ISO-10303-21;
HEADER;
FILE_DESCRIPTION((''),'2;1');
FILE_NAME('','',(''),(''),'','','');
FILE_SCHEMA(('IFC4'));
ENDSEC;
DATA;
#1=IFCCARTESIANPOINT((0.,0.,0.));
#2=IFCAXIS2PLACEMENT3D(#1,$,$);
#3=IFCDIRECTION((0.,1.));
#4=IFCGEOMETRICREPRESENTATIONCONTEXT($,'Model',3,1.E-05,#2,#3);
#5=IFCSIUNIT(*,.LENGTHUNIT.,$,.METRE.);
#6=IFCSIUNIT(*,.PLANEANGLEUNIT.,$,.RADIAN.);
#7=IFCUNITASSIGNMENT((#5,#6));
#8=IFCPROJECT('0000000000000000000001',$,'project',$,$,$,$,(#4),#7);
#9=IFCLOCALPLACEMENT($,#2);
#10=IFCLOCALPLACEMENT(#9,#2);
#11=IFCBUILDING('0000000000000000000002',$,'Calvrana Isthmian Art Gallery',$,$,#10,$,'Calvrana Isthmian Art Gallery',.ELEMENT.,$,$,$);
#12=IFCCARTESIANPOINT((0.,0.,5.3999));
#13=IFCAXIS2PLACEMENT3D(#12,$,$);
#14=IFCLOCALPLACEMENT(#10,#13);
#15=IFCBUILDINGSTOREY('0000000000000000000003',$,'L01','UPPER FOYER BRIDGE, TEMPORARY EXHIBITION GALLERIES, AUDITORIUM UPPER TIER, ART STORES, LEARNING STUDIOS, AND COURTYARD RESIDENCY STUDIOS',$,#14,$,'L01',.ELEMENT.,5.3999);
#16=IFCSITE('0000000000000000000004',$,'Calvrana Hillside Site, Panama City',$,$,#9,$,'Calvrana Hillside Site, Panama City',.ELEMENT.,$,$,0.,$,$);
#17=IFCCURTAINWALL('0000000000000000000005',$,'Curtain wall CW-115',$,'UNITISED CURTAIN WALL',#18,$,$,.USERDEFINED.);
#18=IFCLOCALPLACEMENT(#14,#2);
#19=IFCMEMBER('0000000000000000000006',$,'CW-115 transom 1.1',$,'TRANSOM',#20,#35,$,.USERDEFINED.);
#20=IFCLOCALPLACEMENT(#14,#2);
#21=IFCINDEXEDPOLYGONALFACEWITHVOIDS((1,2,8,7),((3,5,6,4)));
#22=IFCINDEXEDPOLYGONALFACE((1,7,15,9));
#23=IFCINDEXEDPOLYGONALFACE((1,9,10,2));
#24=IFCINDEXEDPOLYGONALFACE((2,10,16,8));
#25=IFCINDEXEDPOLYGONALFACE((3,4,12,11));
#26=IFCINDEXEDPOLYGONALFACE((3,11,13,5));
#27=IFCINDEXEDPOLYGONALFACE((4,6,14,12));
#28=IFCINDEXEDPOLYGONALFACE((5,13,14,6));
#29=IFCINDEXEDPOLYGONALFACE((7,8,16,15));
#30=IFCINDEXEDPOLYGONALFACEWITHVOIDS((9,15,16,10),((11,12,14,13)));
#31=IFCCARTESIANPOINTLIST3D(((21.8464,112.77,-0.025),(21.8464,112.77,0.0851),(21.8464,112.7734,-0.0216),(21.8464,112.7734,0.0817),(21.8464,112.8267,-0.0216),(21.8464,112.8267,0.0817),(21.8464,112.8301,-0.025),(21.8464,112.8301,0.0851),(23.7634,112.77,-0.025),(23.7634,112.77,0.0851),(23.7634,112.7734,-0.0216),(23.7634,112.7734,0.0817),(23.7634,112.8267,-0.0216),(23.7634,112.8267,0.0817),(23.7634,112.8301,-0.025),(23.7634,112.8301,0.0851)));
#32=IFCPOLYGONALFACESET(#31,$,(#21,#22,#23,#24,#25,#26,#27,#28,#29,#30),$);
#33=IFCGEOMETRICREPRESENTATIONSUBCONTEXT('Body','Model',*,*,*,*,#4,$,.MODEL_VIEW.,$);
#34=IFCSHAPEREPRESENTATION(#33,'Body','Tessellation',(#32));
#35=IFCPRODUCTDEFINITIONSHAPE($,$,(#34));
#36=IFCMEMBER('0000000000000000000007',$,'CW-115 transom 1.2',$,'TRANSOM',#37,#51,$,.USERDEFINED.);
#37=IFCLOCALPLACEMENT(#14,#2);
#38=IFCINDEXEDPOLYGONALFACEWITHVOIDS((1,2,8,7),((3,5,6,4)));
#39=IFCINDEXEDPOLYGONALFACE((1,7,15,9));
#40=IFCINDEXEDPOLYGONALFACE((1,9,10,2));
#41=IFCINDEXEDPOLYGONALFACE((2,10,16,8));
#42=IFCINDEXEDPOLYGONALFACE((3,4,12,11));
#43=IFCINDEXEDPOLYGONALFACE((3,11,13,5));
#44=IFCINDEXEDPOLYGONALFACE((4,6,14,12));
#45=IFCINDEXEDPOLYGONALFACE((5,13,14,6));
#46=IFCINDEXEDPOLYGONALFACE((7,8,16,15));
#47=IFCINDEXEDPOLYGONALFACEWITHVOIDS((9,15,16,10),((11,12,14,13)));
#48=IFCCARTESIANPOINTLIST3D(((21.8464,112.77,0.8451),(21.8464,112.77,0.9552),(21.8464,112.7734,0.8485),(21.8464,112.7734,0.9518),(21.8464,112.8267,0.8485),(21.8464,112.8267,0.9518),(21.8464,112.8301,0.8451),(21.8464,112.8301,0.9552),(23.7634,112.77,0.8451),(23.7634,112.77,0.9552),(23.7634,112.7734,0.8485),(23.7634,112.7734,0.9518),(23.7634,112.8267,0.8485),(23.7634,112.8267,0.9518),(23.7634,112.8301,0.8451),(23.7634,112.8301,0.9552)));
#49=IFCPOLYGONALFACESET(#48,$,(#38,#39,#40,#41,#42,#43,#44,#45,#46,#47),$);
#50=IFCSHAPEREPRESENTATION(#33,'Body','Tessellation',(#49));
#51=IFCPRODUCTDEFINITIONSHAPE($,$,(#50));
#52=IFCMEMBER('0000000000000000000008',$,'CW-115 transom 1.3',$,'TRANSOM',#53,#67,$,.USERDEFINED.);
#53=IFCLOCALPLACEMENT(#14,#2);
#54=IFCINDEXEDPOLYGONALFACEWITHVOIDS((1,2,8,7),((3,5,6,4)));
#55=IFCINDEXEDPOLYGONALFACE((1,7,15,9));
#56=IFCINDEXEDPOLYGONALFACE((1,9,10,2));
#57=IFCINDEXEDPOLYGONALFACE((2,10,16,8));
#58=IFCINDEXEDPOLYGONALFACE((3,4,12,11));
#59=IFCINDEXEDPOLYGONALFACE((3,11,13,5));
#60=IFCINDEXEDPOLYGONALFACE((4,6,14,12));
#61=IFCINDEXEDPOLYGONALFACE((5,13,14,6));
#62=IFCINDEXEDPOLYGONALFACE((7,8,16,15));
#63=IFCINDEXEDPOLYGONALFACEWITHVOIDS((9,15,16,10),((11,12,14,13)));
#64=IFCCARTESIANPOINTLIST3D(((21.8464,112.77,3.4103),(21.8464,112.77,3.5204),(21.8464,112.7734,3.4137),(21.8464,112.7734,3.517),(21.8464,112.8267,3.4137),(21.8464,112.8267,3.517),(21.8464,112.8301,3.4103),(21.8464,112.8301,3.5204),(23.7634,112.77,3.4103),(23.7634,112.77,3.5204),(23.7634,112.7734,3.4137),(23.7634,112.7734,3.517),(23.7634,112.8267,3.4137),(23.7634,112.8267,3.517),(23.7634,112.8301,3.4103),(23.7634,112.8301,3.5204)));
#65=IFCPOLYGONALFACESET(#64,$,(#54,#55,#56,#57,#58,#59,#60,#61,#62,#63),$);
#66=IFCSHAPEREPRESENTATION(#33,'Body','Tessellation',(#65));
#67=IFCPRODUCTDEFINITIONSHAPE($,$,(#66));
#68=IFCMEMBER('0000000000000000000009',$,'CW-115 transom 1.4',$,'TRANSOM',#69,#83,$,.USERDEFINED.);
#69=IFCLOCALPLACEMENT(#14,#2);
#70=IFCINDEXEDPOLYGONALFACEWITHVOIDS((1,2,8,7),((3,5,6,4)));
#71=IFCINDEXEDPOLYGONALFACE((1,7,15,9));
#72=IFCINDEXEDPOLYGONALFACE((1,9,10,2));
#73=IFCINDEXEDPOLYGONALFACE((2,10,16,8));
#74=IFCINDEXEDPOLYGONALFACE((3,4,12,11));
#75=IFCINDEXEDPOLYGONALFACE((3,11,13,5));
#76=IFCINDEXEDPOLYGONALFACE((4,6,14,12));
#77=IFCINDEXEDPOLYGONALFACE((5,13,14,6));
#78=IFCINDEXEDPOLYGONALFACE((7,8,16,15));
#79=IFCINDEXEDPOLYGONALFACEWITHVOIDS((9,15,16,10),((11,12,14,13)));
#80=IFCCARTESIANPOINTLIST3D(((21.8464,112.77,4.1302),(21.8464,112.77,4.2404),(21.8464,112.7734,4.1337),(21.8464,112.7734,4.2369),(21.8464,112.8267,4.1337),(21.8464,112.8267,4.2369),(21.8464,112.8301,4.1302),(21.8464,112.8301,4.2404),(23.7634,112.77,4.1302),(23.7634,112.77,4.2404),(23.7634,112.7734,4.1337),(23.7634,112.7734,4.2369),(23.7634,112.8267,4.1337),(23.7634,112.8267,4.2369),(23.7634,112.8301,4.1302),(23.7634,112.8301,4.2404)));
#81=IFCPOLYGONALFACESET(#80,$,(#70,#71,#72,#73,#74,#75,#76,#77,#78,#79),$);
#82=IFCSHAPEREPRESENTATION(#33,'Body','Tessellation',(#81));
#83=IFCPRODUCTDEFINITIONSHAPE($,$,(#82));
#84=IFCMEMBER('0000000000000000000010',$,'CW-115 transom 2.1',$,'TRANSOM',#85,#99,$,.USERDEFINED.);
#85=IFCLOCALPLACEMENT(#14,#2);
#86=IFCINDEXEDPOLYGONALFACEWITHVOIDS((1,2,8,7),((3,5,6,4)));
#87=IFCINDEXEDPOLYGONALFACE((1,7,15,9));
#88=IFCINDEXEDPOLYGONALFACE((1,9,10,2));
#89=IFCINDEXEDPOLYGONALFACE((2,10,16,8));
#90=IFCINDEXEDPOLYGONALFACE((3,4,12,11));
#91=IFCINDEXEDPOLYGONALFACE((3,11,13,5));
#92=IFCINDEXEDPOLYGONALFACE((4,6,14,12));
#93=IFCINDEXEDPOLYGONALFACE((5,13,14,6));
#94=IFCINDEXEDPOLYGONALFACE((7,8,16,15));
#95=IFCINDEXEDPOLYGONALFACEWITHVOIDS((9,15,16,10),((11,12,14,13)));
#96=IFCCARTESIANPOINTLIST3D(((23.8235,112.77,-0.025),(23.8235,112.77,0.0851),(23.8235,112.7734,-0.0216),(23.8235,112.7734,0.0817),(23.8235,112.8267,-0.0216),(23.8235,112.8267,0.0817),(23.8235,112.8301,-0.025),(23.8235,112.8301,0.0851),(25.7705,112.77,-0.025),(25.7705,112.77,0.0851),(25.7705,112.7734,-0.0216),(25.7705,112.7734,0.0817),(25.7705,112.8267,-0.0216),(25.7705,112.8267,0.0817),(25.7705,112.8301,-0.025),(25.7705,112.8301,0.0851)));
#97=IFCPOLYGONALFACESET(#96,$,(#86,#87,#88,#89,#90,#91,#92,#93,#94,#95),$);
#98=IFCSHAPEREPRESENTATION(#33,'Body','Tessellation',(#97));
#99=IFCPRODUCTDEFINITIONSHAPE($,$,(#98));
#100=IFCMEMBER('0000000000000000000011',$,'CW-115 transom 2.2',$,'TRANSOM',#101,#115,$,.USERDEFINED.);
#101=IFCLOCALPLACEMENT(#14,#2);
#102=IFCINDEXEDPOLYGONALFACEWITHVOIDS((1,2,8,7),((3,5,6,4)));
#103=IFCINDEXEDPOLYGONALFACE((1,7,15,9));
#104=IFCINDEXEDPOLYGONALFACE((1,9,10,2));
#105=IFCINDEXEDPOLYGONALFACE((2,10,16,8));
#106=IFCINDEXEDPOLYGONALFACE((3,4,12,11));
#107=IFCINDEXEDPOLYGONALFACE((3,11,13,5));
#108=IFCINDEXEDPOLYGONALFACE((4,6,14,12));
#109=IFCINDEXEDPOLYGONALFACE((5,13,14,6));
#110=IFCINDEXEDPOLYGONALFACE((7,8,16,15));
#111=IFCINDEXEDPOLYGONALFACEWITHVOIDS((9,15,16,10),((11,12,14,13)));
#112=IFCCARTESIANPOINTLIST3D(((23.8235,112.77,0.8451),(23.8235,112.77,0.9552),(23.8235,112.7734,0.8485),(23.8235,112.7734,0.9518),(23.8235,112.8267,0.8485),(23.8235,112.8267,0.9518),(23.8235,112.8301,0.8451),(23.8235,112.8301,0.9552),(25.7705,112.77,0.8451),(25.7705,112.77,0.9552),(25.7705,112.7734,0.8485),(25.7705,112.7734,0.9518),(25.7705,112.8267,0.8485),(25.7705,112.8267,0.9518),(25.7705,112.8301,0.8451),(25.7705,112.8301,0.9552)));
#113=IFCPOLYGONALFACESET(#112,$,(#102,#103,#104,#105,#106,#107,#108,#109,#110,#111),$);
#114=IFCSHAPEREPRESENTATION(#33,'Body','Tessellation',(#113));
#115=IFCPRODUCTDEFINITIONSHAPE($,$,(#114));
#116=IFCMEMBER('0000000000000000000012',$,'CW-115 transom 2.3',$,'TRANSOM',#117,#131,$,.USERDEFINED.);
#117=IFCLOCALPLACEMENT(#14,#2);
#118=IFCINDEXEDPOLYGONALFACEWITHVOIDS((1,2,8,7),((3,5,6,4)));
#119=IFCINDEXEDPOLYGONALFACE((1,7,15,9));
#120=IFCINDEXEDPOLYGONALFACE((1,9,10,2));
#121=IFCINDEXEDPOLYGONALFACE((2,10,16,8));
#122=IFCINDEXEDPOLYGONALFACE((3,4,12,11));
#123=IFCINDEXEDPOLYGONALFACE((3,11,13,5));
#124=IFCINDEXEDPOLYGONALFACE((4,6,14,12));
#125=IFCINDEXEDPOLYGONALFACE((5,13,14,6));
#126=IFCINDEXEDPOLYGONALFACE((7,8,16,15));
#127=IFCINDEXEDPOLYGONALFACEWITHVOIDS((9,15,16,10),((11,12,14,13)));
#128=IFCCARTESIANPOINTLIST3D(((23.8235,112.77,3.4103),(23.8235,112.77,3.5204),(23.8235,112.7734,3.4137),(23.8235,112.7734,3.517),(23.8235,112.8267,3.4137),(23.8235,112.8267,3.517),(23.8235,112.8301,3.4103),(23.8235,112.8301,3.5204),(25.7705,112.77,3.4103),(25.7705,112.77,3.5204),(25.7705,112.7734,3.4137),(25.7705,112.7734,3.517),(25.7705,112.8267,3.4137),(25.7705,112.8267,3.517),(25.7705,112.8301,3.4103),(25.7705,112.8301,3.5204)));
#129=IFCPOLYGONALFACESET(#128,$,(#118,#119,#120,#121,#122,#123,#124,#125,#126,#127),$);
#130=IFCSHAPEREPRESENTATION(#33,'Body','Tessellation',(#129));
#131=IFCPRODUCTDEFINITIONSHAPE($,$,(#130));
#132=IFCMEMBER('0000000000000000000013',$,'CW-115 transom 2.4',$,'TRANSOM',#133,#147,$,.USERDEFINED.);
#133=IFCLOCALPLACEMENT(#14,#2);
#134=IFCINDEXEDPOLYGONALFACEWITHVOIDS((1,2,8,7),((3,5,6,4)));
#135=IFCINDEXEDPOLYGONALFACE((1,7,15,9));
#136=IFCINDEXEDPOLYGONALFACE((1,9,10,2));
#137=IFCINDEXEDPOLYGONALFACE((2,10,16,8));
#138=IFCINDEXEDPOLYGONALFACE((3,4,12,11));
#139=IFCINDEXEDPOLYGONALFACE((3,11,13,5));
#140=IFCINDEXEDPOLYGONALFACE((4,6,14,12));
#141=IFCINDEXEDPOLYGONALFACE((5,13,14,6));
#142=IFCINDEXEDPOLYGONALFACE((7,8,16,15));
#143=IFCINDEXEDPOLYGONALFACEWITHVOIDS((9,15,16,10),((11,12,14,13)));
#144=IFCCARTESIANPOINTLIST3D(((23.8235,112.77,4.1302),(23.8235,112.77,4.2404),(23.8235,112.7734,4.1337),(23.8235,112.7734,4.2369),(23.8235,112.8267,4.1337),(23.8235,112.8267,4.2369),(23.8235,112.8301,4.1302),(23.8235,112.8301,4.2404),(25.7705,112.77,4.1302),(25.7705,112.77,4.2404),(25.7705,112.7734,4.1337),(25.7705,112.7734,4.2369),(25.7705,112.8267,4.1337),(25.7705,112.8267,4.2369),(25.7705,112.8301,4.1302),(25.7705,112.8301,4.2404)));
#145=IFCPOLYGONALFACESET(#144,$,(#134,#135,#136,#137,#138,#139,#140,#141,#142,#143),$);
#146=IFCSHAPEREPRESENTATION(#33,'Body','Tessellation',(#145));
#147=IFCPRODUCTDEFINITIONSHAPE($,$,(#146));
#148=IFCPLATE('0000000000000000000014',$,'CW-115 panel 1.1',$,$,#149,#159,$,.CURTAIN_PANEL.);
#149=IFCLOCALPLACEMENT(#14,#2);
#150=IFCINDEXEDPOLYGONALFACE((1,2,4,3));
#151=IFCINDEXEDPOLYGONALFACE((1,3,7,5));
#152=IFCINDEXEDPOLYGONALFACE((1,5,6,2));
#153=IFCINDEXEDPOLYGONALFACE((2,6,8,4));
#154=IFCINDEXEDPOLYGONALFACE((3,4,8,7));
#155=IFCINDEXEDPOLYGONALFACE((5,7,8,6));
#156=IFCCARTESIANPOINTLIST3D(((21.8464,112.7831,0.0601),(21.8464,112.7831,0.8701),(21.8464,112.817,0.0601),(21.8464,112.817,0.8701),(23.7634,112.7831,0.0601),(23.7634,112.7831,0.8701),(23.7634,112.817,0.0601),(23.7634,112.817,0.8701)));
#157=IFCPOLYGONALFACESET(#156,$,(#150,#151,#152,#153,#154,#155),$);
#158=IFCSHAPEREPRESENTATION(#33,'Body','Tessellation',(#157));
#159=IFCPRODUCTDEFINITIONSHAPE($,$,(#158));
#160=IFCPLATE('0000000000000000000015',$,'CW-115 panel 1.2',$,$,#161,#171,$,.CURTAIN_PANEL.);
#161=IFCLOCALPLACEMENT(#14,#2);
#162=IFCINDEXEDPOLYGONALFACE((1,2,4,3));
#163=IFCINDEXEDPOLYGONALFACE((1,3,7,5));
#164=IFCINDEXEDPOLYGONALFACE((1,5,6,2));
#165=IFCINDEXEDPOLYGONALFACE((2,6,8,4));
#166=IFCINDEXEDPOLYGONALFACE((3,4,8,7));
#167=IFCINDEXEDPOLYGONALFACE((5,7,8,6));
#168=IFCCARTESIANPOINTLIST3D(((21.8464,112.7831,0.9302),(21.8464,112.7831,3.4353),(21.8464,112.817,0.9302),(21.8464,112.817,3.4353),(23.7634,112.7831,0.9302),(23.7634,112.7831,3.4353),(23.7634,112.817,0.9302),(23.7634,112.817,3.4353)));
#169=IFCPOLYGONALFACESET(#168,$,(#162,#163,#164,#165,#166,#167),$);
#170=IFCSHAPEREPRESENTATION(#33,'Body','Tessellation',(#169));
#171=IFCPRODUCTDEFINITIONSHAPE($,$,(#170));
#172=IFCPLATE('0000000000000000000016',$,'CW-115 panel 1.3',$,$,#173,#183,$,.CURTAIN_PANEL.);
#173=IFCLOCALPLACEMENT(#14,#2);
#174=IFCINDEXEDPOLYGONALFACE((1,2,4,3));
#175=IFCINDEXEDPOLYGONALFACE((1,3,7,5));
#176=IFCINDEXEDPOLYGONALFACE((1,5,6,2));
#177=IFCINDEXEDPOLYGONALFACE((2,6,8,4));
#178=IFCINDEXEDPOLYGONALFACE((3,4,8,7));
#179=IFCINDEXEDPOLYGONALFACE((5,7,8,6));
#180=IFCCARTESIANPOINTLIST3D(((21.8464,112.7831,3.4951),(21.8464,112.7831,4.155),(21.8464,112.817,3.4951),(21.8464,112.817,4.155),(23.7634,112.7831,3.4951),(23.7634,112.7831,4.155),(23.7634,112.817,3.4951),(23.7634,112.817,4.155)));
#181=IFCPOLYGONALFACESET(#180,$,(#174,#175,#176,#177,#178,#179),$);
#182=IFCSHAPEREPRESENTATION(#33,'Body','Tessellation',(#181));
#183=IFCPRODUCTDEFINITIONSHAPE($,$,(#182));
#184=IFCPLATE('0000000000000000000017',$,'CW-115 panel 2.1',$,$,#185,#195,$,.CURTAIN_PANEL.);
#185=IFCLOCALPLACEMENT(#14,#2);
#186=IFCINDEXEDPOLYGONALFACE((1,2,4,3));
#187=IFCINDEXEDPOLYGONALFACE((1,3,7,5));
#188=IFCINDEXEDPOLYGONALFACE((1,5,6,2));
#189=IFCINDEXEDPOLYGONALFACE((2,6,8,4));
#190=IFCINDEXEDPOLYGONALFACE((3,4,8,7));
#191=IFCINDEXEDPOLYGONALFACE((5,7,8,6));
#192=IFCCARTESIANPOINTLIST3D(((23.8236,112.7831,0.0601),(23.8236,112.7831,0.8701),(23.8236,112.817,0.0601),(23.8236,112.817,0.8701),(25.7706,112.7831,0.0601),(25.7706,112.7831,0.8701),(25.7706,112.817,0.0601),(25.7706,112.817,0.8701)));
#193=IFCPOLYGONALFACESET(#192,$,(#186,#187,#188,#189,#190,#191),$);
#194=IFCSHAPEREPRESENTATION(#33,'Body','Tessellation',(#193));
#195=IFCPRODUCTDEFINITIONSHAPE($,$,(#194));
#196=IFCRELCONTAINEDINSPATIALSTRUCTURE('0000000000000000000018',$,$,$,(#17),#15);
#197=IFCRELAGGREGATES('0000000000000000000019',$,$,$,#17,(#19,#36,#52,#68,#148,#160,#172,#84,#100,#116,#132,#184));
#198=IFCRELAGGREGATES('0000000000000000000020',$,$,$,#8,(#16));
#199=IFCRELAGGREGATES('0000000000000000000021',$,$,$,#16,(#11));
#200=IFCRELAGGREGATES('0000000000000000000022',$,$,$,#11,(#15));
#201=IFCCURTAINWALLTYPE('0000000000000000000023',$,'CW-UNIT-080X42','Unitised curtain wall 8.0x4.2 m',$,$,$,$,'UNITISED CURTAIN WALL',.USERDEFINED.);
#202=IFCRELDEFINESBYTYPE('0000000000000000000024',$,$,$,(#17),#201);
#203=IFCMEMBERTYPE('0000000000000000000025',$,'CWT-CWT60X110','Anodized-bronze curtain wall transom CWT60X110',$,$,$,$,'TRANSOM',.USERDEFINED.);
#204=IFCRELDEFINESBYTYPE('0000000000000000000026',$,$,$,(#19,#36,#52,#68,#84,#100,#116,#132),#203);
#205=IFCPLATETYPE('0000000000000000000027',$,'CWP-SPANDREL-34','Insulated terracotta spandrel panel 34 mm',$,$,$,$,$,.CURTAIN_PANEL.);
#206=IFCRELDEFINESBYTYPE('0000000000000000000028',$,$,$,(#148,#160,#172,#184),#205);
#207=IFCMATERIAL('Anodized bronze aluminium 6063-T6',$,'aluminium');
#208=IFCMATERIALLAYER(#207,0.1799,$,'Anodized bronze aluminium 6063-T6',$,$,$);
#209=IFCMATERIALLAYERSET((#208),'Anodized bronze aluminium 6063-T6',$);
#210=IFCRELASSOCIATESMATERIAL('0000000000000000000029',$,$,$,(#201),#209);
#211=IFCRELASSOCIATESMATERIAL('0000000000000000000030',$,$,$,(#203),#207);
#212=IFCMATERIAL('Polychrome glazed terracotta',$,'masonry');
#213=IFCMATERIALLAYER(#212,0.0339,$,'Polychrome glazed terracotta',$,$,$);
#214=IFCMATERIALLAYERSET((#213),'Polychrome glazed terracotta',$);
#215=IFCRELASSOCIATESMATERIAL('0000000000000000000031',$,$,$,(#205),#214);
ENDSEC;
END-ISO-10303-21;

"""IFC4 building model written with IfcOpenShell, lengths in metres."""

from ifc_helpers import new_model, si_unit, direction, frame, origin, origin_2d, place, context, subcontext, project, spatial, rectangle, hollow_rectangle, extrude, material, layer, layer_set, material_profile, profile_set, type_object, element, aggregate, save


model = new_model("IFC4")

# Units and contexts
model_context = context("Model", 3, precision=1e-05, world=origin(), true_north=direction((0.0, 1.0)))
body_context = subcontext(model_context, "Body", "Model", "MODEL_VIEW")
ifc_project = project(units=[si_unit("LENGTHUNIT", "METRE"), si_unit("PLANEANGLEUNIT", "RADIAN")], contexts=[model_context])

# Site, building, storey
site_placement = place(None, origin())
site = spatial("IfcSite", under=ifc_project, at=site_placement, Name="Calvrana Hillside Site, Panama City", LongName="Calvrana Hillside Site, Panama City", CompositionType="ELEMENT", RefElevation=0.0)
building_placement = place(site_placement, origin())
building = spatial("IfcBuilding", under=site, at=building_placement, Name="Calvrana Isthmian Art Gallery", LongName="Calvrana Isthmian Art Gallery", CompositionType="ELEMENT")
storey_placement = place(building_placement, frame((0.0, 0.0, 5.3999)))
storey = spatial("IfcBuildingStorey", under=building, at=storey_placement, Name="L01", Description="UPPER FOYER BRIDGE, TEMPORARY EXHIBITION GALLERIES, AUDITORIUM UPPER TIER, ART STORES, LEARNING STUDIOS, AND COURTYARD RESIDENCY STUDIOS", LongName="L01", CompositionType="ELEMENT", Elevation=5.3999)

# Curtain wall, members, plates
ifc_material_1 = material(Name="Anodized bronze aluminium 6063-T6", Category="aluminium")
ifc_layer_1 = layer(ifc_material_1, 0.1799, Name="Anodized bronze aluminium 6063-T6")
ifc_layer_set_1 = layer_set([ifc_layer_1], Name="Anodized bronze aluminium 6063-T6")
curtain_wall_type = type_object("IfcCurtainWallType", Name="CW-UNIT-080X42", Description="Unitised curtain wall 8.0x4.2 m", ElementType="UNITISED CURTAIN WALL", PredefinedType="USERDEFINED", material=ifc_layer_set_1)
curtain_wall_placement = place(storey_placement, origin())
curtain_wall = element("IfcCurtainWall", 1, at=curtain_wall_placement, inside=storey, type_object=curtain_wall_type, Name="Curtain wall CW-115", ObjectType="UNITISED CURTAIN WALL", PredefinedType="USERDEFINED")
ifc_material_profile_1 = material_profile(ifc_material_1, hollow_rectangle(XDim=0.0601, YDim=0.1101, WallThickness=0.0034, at=origin_2d()), Name="CWT60X110")
ifc_profile_set_1 = profile_set([ifc_material_profile_1], Name="Anodized bronze aluminium 6063-T6")
member_type_1 = type_object("IfcMemberType", Name="CWT-CWT60X110", Description="Anodized-bronze curtain wall transom CWT60X110", ElementType="TRANSOM", PredefinedType="USERDEFINED", material=ifc_profile_set_1)
member_1_placement = place(storey_placement, frame((21.8464, 112.8, 0.03), z_axis=(1.0, 0.0, 0.0), x_axis=(0.0, 1.0, 0.0)))
member_1 = element("IfcMember", 2, at=member_1_placement, type_object=member_type_1, Name="CW-115 transom 1.1", ObjectType="TRANSOM", PredefinedType="USERDEFINED", context=body_context, shape_type="SweptSolid", body=[
    extrude(hollow_rectangle(XDim=0.0601, YDim=0.1101, WallThickness=0.0034, at=origin_2d()), origin(), (0.0, 0.0, 1.0), 1.917),
])
member_2_placement = place(storey_placement, frame((21.8464, 112.8, 0.9001), z_axis=(1.0, 0.0, 0.0), x_axis=(0.0, 1.0, 0.0)))
member_2 = element("IfcMember", 3, at=member_2_placement, type_object=member_type_1, Name="CW-115 transom 1.2", ObjectType="TRANSOM", PredefinedType="USERDEFINED", context=body_context, shape_type="SweptSolid", body=[
    extrude(hollow_rectangle(XDim=0.0601, YDim=0.1101, WallThickness=0.0034, at=origin_2d()), origin(), (0.0, 0.0, 1.0), 1.917),
])
member_3_placement = place(storey_placement, frame((21.8464, 112.8, 3.4653), z_axis=(1.0, 0.0, 0.0), x_axis=(0.0, 1.0, 0.0)))
member_3 = element("IfcMember", 4, at=member_3_placement, type_object=member_type_1, Name="CW-115 transom 1.3", ObjectType="TRANSOM", PredefinedType="USERDEFINED", context=body_context, shape_type="SweptSolid", body=[
    extrude(hollow_rectangle(XDim=0.0601, YDim=0.1101, WallThickness=0.0034, at=origin_2d()), origin(), (0.0, 0.0, 1.0), 1.917),
])
member_4_placement = place(storey_placement, frame((21.8464, 112.8, 4.1853), z_axis=(1.0, 0.0, 0.0), x_axis=(0.0, 1.0, 0.0)))
member_4 = element("IfcMember", 5, at=member_4_placement, type_object=member_type_1, Name="CW-115 transom 1.4", ObjectType="TRANSOM", PredefinedType="USERDEFINED", context=body_context, shape_type="SweptSolid", body=[
    extrude(hollow_rectangle(XDim=0.0601, YDim=0.1101, WallThickness=0.0034, at=origin_2d()), origin(), (0.0, 0.0, 1.0), 1.917),
])
member_5_placement = place(storey_placement, frame((23.8235, 112.8, 0.03), z_axis=(1.0, 0.0, 0.0), x_axis=(0.0, 1.0, 0.0)))
member_5 = element("IfcMember", 6, at=member_5_placement, type_object=member_type_1, Name="CW-115 transom 2.1", ObjectType="TRANSOM", PredefinedType="USERDEFINED", context=body_context, shape_type="SweptSolid", body=[
    extrude(hollow_rectangle(XDim=0.0601, YDim=0.1101, WallThickness=0.0034, at=origin_2d()), origin(), (0.0, 0.0, 1.0), 1.947),
])
member_6_placement = place(storey_placement, frame((23.8235, 112.8, 0.9001), z_axis=(1.0, 0.0, 0.0), x_axis=(0.0, 1.0, 0.0)))
member_6 = element("IfcMember", 7, at=member_6_placement, type_object=member_type_1, Name="CW-115 transom 2.2", ObjectType="TRANSOM", PredefinedType="USERDEFINED", context=body_context, shape_type="SweptSolid", body=[
    extrude(hollow_rectangle(XDim=0.0601, YDim=0.1101, WallThickness=0.0034, at=origin_2d()), origin(), (0.0, 0.0, 1.0), 1.947),
])
member_7_placement = place(storey_placement, frame((23.8235, 112.8, 3.4653), z_axis=(1.0, 0.0, 0.0), x_axis=(0.0, 1.0, 0.0)))
member_7 = element("IfcMember", 8, at=member_7_placement, type_object=member_type_1, Name="CW-115 transom 2.3", ObjectType="TRANSOM", PredefinedType="USERDEFINED", context=body_context, shape_type="SweptSolid", body=[
    extrude(hollow_rectangle(XDim=0.0601, YDim=0.1101, WallThickness=0.0034, at=origin_2d()), origin(), (0.0, 0.0, 1.0), 1.947),
])
member_8_placement = place(storey_placement, frame((23.8235, 112.8, 4.1853), z_axis=(1.0, 0.0, 0.0), x_axis=(0.0, 1.0, 0.0)))
member_8 = element("IfcMember", 9, at=member_8_placement, type_object=member_type_1, Name="CW-115 transom 2.4", ObjectType="TRANSOM", PredefinedType="USERDEFINED", context=body_context, shape_type="SweptSolid", body=[
    extrude(hollow_rectangle(XDim=0.0601, YDim=0.1101, WallThickness=0.0034, at=origin_2d()), origin(), (0.0, 0.0, 1.0), 1.947),
])
ifc_material_2 = material(Name="Polychrome glazed terracotta", Category="masonry")
ifc_layer_2 = layer(ifc_material_2, 0.0339, Name="Polychrome glazed terracotta")
ifc_layer_set_2 = layer_set([ifc_layer_2], Name="Polychrome glazed terracotta")
plate_type = type_object("IfcPlateType", Name="CWP-SPANDREL-34", Description="Insulated terracotta spandrel panel 34 mm", PredefinedType="CURTAIN_PANEL", material=ifc_layer_set_2)
plate_1_placement = place(storey_placement, frame((22.8049, 112.8, 0.0601), z_axis=(0.0, 0.0, 1.0), x_axis=(1.0, 0.0, 0.0)))
plate_1 = element("IfcPlate", 10, at=plate_1_placement, type_object=plate_type, Name="CW-115 panel 1.1", PredefinedType="CURTAIN_PANEL", context=body_context, shape_type="SweptSolid", body=[
    extrude(rectangle(XDim=1.917, YDim=0.0339, at=origin_2d()), origin(), (0.0, 0.0, 1.0), 0.8101),
])
plate_2_placement = place(storey_placement, frame((22.8049, 112.8, 0.9302), z_axis=(0.0, 0.0, 1.0), x_axis=(1.0, 0.0, 0.0)))
plate_2 = element("IfcPlate", 11, at=plate_2_placement, type_object=plate_type, Name="CW-115 panel 1.2", PredefinedType="CURTAIN_PANEL", context=body_context, shape_type="SweptSolid", body=[
    extrude(rectangle(XDim=1.917, YDim=0.0339, at=origin_2d()), origin(), (0.0, 0.0, 1.0), 2.5051),
])
plate_3_placement = place(storey_placement, frame((22.8049, 112.8, 3.4951), z_axis=(0.0, 0.0, 1.0), x_axis=(1.0, 0.0, 0.0)))
plate_3 = element("IfcPlate", 12, at=plate_3_placement, type_object=plate_type, Name="CW-115 panel 1.3", PredefinedType="CURTAIN_PANEL", context=body_context, shape_type="SweptSolid", body=[
    extrude(rectangle(XDim=1.917, YDim=0.0339, at=origin_2d()), origin(), (0.0, 0.0, 1.0), 0.6599),
])
plate_4_placement = place(storey_placement, frame((24.7971, 112.8, 0.0601), z_axis=(0.0, 0.0, 1.0), x_axis=(1.0, 0.0, 0.0)))
plate_4 = element("IfcPlate", 13, at=plate_4_placement, type_object=plate_type, Name="CW-115 panel 2.1", PredefinedType="CURTAIN_PANEL", context=body_context, shape_type="SweptSolid", body=[
    extrude(rectangle(XDim=1.947, YDim=0.0339, at=origin_2d()), origin(), (0.0, 0.0, 1.0), 0.8101),
])
aggregate(curtain_wall, [member_1, member_2, member_3, member_4, plate_1, plate_2, plate_3, member_5, member_6, member_7, member_8, plate_4])

save(model, "model.ifc")
